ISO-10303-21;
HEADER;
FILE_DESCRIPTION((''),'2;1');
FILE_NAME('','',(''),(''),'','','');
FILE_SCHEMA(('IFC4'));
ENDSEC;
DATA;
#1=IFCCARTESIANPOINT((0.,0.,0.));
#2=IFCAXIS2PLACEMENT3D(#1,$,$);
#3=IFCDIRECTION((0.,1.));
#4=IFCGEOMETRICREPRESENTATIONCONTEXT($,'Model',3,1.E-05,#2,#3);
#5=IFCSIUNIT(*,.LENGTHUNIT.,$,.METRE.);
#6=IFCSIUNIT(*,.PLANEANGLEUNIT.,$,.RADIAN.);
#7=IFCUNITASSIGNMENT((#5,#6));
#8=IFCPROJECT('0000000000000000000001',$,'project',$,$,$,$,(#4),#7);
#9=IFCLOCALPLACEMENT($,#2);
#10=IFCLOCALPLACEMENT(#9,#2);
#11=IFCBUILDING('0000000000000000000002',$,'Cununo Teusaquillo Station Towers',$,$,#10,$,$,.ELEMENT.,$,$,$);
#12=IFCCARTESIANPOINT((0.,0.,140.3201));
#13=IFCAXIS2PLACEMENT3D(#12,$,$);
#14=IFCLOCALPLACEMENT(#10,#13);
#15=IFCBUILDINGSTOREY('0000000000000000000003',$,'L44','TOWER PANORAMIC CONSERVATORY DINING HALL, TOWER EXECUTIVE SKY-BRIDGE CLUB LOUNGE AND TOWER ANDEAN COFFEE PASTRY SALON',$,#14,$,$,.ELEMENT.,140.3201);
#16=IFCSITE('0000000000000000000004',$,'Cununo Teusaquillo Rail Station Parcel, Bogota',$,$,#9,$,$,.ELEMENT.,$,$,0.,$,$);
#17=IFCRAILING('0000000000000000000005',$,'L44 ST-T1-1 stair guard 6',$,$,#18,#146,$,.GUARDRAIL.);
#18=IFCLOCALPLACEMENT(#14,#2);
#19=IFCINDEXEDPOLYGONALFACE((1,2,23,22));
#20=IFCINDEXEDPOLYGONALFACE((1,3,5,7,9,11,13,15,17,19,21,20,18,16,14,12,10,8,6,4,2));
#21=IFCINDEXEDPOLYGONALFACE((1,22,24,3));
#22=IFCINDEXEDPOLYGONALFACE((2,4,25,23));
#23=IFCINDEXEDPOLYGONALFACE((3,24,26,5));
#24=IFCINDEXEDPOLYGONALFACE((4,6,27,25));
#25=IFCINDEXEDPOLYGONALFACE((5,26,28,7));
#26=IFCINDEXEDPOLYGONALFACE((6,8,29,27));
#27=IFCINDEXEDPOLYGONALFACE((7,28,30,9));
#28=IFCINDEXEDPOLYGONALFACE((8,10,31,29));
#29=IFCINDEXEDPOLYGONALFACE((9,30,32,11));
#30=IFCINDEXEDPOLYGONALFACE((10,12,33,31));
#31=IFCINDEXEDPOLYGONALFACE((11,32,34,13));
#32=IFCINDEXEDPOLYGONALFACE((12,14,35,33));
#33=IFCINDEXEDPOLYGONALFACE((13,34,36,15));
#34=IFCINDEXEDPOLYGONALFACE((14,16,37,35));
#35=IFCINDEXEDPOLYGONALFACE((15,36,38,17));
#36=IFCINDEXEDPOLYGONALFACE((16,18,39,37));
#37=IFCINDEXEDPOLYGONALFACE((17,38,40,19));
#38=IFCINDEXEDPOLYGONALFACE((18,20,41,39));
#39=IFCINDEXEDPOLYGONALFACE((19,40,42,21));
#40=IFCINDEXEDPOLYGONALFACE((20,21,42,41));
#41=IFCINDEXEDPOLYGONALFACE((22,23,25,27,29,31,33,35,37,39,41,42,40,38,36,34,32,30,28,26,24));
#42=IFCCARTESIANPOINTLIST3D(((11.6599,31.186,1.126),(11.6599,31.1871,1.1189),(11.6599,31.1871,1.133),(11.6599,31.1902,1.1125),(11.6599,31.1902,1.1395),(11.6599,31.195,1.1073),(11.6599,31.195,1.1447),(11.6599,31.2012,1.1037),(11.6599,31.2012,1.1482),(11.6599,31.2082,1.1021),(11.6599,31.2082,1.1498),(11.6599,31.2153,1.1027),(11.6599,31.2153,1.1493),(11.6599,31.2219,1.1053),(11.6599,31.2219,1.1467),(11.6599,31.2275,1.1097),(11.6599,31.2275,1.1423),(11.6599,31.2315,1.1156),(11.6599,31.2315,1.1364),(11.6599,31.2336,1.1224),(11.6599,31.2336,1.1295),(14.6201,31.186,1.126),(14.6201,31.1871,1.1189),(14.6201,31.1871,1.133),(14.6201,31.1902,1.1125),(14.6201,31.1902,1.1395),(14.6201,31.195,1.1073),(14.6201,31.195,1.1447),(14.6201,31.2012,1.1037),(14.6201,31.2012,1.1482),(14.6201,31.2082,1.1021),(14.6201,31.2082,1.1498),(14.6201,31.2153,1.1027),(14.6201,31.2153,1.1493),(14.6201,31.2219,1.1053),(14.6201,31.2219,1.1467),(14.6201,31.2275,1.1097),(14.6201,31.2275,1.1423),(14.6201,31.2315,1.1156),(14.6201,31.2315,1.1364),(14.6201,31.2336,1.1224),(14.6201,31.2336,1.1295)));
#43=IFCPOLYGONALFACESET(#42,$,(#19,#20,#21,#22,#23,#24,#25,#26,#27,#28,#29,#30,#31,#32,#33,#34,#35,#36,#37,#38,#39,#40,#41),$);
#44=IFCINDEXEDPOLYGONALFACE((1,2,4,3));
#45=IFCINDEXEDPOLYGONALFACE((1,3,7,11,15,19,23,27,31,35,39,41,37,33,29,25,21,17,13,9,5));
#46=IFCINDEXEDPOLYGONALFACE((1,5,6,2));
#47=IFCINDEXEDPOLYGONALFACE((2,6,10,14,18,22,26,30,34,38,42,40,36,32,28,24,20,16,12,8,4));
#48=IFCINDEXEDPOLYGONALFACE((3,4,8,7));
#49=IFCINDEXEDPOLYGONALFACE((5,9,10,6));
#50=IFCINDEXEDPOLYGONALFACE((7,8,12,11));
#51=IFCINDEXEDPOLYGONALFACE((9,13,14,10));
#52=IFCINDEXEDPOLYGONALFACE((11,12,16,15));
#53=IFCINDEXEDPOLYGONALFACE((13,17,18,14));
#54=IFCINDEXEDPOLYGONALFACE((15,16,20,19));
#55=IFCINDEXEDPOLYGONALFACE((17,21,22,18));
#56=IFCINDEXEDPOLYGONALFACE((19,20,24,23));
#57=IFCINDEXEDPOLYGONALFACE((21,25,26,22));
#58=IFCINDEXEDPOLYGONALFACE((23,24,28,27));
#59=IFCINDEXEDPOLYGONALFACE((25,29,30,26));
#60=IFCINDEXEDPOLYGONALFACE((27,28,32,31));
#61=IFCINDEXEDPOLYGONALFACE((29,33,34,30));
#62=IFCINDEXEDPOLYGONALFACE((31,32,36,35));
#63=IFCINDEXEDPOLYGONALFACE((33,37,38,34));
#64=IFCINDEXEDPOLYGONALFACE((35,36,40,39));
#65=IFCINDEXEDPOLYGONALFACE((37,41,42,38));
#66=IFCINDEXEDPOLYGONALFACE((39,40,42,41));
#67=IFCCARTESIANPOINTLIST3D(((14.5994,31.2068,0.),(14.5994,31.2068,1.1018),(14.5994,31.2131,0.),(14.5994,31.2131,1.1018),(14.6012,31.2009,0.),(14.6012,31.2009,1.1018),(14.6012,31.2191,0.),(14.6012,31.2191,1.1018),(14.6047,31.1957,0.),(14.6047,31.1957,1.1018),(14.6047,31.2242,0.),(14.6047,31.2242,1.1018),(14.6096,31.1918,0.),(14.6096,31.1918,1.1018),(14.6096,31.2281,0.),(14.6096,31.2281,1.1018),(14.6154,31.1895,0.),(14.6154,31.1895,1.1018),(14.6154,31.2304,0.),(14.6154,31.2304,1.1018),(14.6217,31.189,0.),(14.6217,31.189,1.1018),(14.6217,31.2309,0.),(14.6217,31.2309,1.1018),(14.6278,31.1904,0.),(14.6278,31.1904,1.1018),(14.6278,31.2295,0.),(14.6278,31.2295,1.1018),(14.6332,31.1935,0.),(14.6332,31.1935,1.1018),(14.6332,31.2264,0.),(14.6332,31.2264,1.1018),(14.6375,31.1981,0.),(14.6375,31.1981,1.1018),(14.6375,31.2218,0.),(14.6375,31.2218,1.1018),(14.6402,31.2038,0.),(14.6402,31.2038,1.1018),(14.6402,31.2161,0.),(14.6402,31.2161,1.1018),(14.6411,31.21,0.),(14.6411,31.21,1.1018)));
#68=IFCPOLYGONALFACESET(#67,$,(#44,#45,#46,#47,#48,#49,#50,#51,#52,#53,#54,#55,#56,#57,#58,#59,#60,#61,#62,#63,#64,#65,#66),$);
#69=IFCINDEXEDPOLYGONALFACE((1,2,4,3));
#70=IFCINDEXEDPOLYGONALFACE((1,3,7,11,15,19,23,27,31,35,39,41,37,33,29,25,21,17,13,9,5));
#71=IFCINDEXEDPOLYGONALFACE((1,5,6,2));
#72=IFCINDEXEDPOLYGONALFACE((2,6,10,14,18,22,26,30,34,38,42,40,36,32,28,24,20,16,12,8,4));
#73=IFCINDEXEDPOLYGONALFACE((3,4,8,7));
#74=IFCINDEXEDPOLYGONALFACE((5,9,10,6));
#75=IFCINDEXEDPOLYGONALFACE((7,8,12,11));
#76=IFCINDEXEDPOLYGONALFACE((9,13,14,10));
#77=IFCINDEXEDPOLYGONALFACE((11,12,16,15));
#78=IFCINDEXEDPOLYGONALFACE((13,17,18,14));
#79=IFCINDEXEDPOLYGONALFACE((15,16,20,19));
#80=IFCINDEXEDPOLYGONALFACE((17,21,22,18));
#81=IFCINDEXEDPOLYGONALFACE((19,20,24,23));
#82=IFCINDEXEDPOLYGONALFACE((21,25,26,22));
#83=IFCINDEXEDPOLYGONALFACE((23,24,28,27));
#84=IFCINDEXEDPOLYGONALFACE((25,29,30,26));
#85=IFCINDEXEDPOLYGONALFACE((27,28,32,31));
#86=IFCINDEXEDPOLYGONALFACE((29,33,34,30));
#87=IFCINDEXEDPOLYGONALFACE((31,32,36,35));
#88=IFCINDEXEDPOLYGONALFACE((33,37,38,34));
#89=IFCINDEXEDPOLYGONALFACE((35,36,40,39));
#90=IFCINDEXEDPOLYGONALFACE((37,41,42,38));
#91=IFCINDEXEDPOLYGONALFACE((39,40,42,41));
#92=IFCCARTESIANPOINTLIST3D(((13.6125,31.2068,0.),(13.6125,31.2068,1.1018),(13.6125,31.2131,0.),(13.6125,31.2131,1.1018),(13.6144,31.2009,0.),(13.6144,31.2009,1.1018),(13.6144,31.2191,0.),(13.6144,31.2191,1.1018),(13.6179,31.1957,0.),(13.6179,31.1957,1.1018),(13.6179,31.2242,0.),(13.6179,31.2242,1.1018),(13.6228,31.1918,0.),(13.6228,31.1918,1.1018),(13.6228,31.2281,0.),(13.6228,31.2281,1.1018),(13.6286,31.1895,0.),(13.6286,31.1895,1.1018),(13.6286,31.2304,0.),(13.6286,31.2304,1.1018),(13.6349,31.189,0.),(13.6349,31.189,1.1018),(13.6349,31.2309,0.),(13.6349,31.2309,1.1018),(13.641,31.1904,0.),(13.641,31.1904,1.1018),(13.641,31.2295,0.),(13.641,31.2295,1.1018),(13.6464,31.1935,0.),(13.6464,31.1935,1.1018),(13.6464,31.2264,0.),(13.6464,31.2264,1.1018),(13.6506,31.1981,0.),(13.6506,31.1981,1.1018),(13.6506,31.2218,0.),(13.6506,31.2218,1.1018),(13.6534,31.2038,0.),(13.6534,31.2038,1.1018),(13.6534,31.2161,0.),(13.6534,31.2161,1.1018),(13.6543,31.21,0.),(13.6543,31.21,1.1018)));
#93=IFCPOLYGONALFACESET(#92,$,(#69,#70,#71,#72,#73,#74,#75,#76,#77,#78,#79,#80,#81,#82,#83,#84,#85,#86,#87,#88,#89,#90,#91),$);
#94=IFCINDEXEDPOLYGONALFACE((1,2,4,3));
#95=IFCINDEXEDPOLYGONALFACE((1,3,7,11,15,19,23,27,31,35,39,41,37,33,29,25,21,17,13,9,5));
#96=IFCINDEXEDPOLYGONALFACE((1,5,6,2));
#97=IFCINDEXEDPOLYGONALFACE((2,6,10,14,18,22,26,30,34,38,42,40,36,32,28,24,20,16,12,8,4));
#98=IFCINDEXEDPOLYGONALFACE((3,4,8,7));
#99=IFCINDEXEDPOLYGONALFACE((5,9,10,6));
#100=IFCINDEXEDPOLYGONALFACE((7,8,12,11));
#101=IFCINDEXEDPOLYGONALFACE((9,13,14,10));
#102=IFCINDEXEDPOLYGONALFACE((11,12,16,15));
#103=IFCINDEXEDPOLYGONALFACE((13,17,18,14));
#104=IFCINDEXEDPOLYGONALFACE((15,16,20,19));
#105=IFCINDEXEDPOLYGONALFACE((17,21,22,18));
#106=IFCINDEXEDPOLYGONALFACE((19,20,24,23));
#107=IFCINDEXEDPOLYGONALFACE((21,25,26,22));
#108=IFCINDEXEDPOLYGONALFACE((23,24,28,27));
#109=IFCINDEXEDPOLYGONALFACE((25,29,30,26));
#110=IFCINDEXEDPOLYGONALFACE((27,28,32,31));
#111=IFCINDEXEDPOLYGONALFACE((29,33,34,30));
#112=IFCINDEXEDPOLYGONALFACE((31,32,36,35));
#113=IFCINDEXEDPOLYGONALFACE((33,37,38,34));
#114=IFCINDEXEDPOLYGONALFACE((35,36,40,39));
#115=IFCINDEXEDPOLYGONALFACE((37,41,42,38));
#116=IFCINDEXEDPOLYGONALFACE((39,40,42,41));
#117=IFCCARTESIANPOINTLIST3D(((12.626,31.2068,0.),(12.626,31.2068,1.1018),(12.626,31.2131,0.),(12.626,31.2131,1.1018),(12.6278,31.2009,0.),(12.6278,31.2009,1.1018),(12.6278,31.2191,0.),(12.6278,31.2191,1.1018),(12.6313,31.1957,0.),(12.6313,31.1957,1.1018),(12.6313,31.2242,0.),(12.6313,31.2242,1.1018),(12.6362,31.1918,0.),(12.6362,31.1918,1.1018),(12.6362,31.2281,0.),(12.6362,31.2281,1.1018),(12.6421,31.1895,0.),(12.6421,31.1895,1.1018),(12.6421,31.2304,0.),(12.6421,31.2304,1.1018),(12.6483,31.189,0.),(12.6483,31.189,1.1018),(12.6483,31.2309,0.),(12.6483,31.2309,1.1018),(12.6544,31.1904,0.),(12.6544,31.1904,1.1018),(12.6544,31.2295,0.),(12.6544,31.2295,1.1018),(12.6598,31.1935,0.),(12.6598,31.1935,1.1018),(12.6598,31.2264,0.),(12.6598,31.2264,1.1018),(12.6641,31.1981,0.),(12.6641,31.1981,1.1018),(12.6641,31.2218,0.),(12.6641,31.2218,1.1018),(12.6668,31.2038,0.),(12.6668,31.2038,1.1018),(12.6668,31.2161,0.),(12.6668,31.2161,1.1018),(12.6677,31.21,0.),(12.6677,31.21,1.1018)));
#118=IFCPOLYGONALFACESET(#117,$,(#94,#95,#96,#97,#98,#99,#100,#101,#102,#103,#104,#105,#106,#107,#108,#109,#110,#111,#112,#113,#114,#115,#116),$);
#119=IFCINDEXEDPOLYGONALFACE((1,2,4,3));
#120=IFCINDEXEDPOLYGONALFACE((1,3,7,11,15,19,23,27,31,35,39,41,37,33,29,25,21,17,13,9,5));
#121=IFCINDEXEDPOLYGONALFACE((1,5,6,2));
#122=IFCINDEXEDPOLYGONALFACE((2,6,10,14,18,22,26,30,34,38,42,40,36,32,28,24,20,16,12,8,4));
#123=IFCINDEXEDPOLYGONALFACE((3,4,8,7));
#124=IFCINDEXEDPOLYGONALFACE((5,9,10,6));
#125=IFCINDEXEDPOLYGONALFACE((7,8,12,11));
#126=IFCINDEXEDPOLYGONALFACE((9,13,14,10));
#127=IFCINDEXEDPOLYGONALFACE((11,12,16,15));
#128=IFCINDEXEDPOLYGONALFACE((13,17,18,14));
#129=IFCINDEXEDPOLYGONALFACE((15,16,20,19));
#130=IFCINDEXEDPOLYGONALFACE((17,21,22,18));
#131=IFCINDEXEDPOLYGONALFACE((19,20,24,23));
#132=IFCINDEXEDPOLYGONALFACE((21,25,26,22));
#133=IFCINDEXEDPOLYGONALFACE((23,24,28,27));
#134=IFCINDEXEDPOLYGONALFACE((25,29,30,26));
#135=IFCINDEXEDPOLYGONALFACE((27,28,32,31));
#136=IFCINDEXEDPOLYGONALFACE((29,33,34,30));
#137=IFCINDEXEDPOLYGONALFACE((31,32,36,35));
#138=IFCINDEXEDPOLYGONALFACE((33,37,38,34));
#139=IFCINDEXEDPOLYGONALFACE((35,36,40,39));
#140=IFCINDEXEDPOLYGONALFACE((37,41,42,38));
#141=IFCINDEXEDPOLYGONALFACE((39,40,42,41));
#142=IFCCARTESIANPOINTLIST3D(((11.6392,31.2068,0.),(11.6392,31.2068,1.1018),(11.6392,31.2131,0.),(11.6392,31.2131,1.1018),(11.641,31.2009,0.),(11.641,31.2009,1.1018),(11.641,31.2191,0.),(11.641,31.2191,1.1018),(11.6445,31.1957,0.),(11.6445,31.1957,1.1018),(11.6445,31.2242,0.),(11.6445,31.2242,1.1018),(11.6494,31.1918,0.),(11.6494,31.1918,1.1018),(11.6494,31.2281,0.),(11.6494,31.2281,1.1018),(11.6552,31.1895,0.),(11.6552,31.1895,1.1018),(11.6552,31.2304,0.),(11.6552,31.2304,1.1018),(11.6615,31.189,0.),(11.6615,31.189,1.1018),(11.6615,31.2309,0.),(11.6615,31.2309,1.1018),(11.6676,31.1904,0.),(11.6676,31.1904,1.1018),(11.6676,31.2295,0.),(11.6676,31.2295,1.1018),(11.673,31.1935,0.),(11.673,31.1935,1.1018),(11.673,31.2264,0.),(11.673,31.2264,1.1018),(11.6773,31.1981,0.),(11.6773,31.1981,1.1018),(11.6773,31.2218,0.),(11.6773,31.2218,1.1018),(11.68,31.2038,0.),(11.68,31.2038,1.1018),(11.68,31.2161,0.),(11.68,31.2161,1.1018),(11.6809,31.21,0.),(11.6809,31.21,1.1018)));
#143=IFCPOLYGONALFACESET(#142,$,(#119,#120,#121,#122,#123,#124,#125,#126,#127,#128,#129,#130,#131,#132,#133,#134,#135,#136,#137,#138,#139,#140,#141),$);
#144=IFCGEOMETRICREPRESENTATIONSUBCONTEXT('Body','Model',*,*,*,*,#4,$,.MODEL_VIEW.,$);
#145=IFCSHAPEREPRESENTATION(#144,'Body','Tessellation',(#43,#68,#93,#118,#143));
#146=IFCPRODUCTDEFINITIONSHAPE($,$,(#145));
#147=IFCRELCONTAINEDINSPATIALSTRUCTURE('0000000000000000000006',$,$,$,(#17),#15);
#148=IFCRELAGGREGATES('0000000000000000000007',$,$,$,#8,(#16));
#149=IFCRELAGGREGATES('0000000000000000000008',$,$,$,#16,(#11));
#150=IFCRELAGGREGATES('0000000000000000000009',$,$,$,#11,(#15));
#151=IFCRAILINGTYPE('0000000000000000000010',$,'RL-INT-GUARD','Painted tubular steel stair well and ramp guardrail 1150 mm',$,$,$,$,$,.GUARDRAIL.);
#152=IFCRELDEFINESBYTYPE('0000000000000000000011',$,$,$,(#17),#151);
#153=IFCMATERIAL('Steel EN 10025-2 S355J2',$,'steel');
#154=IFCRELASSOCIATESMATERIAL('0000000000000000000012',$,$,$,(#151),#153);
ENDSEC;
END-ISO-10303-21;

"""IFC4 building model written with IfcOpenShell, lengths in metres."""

from ifc_helpers import new_model, si_unit, direction, frame, origin, origin_2d, place, context, subcontext, project, spatial, circle, extrude, material, type_object, element, save


model = new_model("IFC4")

# Units and contexts
model_context = context("Model", 3, precision=1e-05, world=origin(), true_north=direction((0.0, 1.0)))
body_context = subcontext(model_context, "Body", "Model", "MODEL_VIEW")
ifc_project = project(units=[si_unit("LENGTHUNIT", "METRE"), si_unit("PLANEANGLEUNIT", "RADIAN")], contexts=[model_context])

# Site, building, storey
site_placement = place(None, origin())
site = spatial("IfcSite", under=ifc_project, at=site_placement, Name="Cununo Teusaquillo Rail Station Parcel, Bogota", CompositionType="ELEMENT", RefElevation=0.0)
building_placement = place(site_placement, origin())
building = spatial("IfcBuilding", under=site, at=building_placement, Name="Cununo Teusaquillo Station Towers", CompositionType="ELEMENT")
storey_placement = place(building_placement, frame((0.0, 0.0, 140.3201)))
storey = spatial("IfcBuildingStorey", under=building, at=storey_placement, Name="L44", Description="TOWER PANORAMIC CONSERVATORY DINING HALL, TOWER EXECUTIVE SKY-BRIDGE CLUB LOUNGE AND TOWER ANDEAN COFFEE PASTRY SALON", CompositionType="ELEMENT", Elevation=140.3201)

# Railing
ifc_material_1 = material(Name="Steel EN 10025-2 S355J2", Category="steel")
railing_type_1 = type_object("IfcRailingType", Name="RL-INT-GUARD", Description="Painted tubular steel stair well and ramp guardrail 1150 mm", PredefinedType="GUARDRAIL", material=ifc_material_1)
railing_1_placement = place(storey_placement, frame((14.6201, 31.21, 0.0)))
element("IfcRailing", 1, at=railing_1_placement, inside=storey, type_object=railing_type_1, Name="L44 ST-T1-1 stair guard 6", PredefinedType="GUARDRAIL", context=body_context, shape_type="SweptSolid", body=[
    extrude(circle(Radius=0.0239, at=origin_2d()), frame((0.0, 0.0, 1.126), z_axis=(-1.0, 0.0, 0.0), x_axis=(0.0, -1.0, 0.0)), (0.0, 0.0, 1.0), 2.9602),
    extrude(circle(Radius=0.021, at=origin_2d()), origin(), (0.0, 0.0, 1.0), 1.1018),
    extrude(circle(Radius=0.021, at=origin_2d()), frame((-0.9868, 0.0, 0.0)), (0.0, 0.0, 1.0), 1.1018),
    extrude(circle(Radius=0.021, at=origin_2d()), frame((-1.9734, 0.0, 0.0)), (0.0, 0.0, 1.0), 1.1018),
    extrude(circle(Radius=0.021, at=origin_2d()), frame((-2.9602, 0.0, 0.0)), (0.0, 0.0, 1.0), 1.1018),
])

save(model, "model.ifc")
